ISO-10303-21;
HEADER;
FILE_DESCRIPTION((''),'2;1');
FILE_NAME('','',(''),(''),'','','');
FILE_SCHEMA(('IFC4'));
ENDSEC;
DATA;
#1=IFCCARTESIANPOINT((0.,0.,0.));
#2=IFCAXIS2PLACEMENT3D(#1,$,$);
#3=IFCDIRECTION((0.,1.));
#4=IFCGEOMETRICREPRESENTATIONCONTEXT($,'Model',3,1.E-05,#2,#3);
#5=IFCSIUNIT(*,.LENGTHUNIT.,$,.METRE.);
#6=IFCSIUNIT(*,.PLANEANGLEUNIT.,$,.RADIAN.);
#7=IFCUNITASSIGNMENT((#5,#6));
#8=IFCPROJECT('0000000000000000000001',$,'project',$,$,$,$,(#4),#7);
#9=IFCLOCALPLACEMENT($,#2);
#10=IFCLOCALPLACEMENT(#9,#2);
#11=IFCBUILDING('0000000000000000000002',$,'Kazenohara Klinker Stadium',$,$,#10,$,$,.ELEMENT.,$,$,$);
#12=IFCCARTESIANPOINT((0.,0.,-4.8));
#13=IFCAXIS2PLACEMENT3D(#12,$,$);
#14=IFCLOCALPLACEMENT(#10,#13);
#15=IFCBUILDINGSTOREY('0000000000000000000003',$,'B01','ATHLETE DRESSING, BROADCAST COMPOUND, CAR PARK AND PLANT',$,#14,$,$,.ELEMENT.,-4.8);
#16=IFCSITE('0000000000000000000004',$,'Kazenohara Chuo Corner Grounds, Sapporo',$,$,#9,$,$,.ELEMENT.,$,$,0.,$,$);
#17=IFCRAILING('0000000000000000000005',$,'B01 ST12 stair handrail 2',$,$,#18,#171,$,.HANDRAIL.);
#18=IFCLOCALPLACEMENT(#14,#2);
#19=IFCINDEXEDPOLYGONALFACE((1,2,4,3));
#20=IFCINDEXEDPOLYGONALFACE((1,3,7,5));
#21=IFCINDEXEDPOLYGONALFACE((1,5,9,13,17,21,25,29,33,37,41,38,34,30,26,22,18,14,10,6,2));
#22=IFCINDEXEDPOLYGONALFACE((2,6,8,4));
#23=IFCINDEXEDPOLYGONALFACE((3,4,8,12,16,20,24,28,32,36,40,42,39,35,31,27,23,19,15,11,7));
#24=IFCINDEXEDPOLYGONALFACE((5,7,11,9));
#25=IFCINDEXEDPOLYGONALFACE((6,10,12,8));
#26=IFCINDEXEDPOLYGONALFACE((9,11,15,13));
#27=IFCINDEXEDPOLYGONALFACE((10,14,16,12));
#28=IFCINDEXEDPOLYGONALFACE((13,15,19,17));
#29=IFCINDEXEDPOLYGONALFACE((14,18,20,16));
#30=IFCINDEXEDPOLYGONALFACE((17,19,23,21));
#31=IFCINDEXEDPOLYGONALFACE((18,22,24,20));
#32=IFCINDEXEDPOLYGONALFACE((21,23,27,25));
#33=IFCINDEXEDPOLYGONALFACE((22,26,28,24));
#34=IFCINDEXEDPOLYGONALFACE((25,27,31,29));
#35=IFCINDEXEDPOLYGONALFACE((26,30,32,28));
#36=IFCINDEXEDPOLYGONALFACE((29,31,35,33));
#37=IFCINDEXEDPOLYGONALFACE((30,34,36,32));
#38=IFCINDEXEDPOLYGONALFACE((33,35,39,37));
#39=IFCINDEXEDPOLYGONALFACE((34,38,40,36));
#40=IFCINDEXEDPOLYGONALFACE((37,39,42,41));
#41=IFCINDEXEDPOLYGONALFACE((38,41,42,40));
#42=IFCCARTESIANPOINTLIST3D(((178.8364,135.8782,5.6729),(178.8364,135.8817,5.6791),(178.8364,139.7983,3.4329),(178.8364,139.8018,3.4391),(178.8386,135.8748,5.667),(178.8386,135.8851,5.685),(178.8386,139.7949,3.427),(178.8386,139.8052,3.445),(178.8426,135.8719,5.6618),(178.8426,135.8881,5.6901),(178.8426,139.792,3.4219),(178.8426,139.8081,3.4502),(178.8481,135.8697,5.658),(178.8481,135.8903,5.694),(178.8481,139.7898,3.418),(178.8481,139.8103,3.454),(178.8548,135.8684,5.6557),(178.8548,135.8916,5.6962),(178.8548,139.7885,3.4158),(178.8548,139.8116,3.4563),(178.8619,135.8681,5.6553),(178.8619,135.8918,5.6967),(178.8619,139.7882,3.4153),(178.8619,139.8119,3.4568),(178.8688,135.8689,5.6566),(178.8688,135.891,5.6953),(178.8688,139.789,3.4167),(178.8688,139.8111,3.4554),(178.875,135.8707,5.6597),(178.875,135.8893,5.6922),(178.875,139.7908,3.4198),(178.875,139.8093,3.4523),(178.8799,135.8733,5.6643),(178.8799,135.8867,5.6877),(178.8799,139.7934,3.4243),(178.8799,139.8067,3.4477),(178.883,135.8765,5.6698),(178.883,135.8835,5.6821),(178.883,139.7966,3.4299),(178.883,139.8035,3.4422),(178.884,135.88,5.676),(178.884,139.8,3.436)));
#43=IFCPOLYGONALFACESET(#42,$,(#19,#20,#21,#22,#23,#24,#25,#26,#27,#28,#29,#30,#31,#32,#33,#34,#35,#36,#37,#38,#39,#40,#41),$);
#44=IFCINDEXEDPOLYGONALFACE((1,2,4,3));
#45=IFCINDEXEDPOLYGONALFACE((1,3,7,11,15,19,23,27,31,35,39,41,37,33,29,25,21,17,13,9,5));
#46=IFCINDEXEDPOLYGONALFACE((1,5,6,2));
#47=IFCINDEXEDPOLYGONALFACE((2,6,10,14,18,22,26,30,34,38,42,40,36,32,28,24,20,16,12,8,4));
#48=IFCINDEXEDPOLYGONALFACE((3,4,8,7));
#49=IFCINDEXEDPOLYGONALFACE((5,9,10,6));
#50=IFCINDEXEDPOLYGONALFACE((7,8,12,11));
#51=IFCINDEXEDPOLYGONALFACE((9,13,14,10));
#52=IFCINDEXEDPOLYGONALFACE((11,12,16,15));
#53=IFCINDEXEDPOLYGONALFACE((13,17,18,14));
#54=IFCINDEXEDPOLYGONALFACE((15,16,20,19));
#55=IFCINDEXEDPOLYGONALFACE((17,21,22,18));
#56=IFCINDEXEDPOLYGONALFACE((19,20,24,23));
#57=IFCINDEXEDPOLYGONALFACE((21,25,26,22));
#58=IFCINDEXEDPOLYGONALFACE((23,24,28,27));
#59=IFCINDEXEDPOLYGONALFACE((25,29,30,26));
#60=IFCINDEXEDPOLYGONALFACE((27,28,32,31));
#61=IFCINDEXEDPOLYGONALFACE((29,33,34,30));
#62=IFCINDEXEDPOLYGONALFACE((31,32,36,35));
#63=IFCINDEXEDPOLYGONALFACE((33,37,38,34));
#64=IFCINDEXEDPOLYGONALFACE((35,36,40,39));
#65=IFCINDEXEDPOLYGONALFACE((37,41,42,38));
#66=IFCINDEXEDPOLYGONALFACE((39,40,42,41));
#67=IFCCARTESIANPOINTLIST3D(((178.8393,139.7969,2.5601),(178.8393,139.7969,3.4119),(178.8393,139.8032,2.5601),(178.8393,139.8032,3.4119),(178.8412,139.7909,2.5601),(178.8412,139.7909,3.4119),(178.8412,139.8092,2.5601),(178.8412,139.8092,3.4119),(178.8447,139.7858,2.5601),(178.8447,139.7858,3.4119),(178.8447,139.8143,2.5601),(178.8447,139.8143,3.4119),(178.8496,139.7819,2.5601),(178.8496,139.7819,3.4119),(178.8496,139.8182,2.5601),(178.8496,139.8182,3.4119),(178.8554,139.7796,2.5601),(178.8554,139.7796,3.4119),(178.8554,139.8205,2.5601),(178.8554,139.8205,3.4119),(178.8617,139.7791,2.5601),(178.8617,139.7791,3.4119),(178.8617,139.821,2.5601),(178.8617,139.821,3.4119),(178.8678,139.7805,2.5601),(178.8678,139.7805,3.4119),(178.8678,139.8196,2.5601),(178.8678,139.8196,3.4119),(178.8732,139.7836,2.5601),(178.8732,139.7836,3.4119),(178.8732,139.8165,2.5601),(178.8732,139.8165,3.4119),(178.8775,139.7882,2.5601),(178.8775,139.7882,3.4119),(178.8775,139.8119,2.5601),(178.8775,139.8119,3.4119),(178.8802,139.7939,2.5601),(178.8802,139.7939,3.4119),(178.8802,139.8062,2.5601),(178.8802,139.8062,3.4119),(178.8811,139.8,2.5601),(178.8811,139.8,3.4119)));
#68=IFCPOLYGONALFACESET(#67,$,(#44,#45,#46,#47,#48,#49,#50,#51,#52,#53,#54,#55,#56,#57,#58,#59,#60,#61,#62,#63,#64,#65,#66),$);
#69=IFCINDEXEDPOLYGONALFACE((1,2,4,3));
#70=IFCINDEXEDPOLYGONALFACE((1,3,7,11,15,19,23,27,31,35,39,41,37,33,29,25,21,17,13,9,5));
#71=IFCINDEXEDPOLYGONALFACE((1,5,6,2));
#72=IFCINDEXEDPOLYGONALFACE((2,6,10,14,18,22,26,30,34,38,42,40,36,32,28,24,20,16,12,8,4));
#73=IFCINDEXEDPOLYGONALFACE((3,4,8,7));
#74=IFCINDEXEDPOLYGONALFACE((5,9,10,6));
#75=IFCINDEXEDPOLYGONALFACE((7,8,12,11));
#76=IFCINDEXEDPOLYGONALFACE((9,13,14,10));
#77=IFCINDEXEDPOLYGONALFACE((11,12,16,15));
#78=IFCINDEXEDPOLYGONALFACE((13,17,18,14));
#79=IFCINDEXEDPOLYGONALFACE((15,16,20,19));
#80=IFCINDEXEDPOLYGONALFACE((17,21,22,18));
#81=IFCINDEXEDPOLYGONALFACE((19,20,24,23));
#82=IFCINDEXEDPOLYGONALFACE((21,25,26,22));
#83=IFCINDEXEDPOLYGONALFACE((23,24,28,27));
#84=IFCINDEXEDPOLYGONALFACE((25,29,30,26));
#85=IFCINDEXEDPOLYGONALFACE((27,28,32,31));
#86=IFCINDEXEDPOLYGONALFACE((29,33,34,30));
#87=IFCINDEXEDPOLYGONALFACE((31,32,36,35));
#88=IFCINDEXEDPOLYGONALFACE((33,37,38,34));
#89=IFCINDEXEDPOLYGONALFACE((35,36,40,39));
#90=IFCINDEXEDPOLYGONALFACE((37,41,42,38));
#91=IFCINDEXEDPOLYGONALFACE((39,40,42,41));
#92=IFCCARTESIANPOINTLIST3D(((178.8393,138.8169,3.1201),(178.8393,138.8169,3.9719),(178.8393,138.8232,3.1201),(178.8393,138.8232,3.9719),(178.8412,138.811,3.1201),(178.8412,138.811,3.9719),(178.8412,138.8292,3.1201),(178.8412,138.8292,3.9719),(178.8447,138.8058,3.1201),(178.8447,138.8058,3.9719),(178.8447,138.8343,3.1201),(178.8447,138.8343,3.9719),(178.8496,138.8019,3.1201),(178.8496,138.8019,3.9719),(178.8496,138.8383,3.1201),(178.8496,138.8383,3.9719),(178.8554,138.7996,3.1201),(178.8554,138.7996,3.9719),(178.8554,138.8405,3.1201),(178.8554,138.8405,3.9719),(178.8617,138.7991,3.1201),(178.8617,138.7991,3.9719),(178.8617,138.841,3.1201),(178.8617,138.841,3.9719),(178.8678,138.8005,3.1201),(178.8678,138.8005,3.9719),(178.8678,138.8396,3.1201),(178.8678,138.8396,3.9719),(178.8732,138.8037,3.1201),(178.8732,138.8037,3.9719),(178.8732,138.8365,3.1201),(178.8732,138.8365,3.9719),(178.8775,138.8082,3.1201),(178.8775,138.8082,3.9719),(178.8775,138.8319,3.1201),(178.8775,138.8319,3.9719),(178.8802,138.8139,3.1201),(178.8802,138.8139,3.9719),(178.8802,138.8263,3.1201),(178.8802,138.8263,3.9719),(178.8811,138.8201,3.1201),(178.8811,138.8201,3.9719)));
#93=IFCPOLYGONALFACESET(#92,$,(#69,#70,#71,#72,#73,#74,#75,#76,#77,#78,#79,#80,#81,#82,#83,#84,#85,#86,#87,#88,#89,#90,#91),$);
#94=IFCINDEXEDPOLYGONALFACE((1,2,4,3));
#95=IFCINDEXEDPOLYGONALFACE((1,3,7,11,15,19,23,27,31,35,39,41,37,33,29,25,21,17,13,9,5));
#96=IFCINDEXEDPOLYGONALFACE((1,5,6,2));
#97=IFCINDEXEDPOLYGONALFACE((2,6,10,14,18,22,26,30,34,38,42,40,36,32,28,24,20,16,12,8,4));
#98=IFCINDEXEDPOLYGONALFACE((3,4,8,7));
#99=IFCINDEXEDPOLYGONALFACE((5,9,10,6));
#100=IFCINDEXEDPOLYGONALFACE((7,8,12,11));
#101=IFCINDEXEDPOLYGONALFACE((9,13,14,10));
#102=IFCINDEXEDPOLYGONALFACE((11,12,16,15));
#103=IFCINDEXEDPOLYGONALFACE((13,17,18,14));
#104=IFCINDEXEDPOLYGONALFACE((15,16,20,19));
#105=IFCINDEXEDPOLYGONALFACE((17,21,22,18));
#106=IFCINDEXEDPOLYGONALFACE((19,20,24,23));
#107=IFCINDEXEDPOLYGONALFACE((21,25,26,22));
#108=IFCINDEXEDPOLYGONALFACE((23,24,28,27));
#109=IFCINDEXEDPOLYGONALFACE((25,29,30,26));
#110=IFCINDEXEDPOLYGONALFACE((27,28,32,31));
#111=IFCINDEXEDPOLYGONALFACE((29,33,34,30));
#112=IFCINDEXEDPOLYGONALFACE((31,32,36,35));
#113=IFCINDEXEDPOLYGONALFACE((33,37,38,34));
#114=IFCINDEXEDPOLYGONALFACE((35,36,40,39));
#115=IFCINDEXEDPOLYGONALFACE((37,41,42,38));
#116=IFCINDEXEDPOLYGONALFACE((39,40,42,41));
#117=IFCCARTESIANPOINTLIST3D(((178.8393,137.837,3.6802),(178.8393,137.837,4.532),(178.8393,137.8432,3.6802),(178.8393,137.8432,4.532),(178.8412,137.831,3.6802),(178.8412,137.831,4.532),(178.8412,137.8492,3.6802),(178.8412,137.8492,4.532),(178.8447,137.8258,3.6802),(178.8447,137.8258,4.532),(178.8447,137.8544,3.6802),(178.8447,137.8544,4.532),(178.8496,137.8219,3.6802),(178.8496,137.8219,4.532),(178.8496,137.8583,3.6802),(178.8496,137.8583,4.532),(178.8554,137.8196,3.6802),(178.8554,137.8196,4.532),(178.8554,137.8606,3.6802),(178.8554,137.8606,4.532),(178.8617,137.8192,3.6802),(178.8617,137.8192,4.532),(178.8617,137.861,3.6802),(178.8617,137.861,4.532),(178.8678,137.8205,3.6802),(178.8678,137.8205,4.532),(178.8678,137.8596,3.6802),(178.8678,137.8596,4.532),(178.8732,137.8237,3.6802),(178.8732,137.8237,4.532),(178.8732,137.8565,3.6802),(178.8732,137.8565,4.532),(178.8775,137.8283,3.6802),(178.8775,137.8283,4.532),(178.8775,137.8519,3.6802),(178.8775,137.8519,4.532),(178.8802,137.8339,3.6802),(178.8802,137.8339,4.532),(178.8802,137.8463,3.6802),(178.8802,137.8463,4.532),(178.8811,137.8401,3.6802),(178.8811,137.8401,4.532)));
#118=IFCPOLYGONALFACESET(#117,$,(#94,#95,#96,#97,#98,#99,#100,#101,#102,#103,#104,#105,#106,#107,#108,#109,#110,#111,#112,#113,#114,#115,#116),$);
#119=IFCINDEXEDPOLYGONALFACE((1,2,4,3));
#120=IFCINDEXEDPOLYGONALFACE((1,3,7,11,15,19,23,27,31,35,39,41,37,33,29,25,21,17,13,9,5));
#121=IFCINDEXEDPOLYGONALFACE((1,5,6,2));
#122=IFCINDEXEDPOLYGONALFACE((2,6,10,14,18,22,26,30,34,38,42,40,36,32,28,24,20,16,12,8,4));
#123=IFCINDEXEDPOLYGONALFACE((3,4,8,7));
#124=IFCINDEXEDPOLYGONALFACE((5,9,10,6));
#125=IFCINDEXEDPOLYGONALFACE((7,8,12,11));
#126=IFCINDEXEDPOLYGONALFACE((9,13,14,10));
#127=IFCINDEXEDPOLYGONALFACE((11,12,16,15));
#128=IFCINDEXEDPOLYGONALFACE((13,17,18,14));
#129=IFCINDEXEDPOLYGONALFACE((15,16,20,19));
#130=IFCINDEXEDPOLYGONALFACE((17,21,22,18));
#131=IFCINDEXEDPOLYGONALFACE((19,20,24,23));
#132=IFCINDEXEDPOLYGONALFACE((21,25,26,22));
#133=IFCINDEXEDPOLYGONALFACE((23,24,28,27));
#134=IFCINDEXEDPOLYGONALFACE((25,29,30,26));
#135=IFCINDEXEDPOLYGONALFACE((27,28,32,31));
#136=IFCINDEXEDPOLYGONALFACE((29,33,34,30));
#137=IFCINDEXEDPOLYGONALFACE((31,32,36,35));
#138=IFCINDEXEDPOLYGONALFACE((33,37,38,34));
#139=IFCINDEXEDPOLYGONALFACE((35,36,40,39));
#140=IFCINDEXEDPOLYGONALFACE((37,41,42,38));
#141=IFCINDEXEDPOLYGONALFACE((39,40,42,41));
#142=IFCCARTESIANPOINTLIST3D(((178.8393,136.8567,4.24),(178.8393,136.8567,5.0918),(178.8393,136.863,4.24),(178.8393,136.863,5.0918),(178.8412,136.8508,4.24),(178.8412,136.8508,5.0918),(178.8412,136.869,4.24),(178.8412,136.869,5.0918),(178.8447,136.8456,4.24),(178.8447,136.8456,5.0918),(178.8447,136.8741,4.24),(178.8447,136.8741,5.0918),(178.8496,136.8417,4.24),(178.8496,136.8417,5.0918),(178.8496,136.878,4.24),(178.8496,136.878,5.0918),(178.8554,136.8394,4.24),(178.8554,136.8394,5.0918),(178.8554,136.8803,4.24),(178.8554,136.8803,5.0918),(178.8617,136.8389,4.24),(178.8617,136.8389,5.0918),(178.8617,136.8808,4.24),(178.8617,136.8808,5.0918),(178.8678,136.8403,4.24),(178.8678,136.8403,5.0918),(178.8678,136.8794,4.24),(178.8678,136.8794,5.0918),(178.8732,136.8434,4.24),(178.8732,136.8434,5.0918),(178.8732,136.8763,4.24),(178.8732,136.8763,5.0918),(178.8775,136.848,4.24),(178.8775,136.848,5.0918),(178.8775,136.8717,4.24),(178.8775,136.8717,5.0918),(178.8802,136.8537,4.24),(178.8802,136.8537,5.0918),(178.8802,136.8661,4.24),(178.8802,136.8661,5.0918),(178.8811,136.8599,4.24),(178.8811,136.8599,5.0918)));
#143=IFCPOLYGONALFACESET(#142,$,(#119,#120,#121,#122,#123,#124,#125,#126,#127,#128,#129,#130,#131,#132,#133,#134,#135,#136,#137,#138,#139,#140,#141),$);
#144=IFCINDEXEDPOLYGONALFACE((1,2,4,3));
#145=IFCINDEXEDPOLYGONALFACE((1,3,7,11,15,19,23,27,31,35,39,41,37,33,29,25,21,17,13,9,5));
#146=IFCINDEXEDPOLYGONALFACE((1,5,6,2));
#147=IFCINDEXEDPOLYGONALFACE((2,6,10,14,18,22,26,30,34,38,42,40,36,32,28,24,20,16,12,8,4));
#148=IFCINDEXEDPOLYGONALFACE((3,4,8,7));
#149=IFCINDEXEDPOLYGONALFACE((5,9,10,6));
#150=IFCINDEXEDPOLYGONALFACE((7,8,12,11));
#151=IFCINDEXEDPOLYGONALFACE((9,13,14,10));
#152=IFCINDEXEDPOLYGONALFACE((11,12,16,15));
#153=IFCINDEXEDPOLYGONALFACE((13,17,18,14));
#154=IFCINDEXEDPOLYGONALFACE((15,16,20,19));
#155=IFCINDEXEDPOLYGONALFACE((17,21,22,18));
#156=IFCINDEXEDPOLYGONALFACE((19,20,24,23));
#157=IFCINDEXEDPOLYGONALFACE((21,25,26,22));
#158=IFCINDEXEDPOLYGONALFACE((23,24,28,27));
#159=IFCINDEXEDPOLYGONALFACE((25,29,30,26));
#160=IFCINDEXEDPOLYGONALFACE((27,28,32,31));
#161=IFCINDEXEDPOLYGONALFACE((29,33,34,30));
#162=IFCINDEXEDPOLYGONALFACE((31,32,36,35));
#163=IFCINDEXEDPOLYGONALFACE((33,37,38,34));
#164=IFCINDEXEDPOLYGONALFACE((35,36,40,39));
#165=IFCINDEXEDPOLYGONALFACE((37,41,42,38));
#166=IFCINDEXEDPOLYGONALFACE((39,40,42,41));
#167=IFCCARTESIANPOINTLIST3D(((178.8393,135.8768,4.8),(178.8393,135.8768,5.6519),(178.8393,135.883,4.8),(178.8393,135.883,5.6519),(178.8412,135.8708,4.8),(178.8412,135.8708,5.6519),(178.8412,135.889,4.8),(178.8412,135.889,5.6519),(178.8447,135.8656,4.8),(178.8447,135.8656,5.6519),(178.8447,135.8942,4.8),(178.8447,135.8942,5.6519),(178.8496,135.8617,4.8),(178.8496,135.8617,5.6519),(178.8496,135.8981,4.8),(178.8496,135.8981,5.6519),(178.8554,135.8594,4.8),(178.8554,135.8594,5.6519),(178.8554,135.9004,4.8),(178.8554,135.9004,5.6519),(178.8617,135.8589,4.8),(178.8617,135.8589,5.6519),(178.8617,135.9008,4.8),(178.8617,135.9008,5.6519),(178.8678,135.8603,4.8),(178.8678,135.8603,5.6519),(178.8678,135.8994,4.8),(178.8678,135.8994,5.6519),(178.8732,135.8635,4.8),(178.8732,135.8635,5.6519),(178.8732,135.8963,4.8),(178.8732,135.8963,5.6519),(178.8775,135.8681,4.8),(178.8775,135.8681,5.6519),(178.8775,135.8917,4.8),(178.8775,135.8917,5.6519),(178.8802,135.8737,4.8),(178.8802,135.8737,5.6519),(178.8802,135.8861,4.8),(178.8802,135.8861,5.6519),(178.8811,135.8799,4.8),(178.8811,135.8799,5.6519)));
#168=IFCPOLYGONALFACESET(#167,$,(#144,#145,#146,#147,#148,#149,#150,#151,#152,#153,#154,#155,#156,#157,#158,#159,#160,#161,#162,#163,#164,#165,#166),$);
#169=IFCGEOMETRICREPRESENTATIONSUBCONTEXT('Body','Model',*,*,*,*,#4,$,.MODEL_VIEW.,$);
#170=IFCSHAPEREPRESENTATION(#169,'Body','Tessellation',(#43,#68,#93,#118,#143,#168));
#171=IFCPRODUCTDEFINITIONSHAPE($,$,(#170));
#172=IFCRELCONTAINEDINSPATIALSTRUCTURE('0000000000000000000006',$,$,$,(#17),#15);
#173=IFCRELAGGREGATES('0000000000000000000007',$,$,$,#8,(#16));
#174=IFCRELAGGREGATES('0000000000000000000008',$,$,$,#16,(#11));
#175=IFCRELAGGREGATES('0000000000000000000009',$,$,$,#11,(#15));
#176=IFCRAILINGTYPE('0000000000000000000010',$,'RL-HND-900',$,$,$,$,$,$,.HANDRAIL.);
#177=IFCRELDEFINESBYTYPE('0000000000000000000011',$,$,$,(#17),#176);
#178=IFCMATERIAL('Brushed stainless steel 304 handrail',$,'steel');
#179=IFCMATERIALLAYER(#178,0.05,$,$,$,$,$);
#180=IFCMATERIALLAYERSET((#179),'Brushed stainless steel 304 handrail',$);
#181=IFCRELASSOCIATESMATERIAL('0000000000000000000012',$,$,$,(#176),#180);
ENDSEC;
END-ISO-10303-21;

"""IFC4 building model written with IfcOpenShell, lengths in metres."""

from ifc_helpers import new_model, si_unit, direction, frame, origin, origin_2d, place, context, subcontext, project, spatial, circle, extrude, material, layer, layer_set, type_object, element, save


model = new_model("IFC4")

# Units and contexts
model_context = context("Model", 3, precision=1e-05, world=origin(), true_north=direction((0.0, 1.0)))
body_context = subcontext(model_context, "Body", "Model", "MODEL_VIEW")
ifc_project = project(units=[si_unit("LENGTHUNIT", "METRE"), si_unit("PLANEANGLEUNIT", "RADIAN")], contexts=[model_context])

# Site, building, storey
site_placement = place(None, origin())
site = spatial("IfcSite", under=ifc_project, at=site_placement, Name="Kazenohara Chuo Corner Grounds, Sapporo", CompositionType="ELEMENT", RefElevation=0.0)
building_placement = place(site_placement, origin())
building = spatial("IfcBuilding", under=site, at=building_placement, Name="Kazenohara Klinker Stadium", CompositionType="ELEMENT")
storey_placement = place(building_placement, frame((0.0, 0.0, -4.8)))
storey = spatial("IfcBuildingStorey", under=building, at=storey_placement, Name="B01", Description="ATHLETE DRESSING, BROADCAST COMPOUND, CAR PARK AND PLANT", CompositionType="ELEMENT", Elevation=-4.8)

# Railing
ifc_material_1 = material(Name="Brushed stainless steel 304 handrail", Category="steel")
ifc_layer_1 = layer(ifc_material_1, 0.05)
ifc_layer_set_1 = layer_set([ifc_layer_1], Name="Brushed stainless steel 304 handrail")
railing_type_1 = type_object("IfcRailingType", Name="RL-HND-900", PredefinedType="HANDRAIL", material=ifc_layer_set_1)
railing_1_placement = place(storey_placement, frame((178.8601, 139.8, 2.5601)))
element("IfcRailing", 1, at=railing_1_placement, inside=storey, type_object=railing_type_1, Name="B01 ST12 stair handrail 2", PredefinedType="HANDRAIL", context=body_context, shape_type="SweptSolid", body=[
    extrude(circle(Radius=0.0239, at=origin_2d()), frame((0.0, 0.0, 0.876), z_axis=(0.0, -0.868253, 0.496121), x_axis=(1.0, 0.0, 0.0)), (0.0, 0.0, 1.0), 4.5149),
    extrude(circle(Radius=0.021, at=origin_2d()), origin(), (0.0, 0.0, 1.0), 0.8518),
    extrude(circle(Radius=0.021, at=origin_2d()), frame((0.0, -0.98, 0.5601)), (0.0, 0.0, 1.0), 0.8518),
    extrude(circle(Radius=0.021, at=origin_2d()), frame((0.0, -1.96, 1.1201)), (0.0, 0.0, 1.0), 0.8518),
    extrude(circle(Radius=0.021, at=origin_2d()), frame((0.0, -2.9402, 1.6799)), (0.0, 0.0, 1.0), 0.8518),
    extrude(circle(Radius=0.021, at=origin_2d()), frame((0.0, -3.9202, 2.24)), (0.0, 0.0, 1.0), 0.8518),
])

save(model, "model.ifc")
